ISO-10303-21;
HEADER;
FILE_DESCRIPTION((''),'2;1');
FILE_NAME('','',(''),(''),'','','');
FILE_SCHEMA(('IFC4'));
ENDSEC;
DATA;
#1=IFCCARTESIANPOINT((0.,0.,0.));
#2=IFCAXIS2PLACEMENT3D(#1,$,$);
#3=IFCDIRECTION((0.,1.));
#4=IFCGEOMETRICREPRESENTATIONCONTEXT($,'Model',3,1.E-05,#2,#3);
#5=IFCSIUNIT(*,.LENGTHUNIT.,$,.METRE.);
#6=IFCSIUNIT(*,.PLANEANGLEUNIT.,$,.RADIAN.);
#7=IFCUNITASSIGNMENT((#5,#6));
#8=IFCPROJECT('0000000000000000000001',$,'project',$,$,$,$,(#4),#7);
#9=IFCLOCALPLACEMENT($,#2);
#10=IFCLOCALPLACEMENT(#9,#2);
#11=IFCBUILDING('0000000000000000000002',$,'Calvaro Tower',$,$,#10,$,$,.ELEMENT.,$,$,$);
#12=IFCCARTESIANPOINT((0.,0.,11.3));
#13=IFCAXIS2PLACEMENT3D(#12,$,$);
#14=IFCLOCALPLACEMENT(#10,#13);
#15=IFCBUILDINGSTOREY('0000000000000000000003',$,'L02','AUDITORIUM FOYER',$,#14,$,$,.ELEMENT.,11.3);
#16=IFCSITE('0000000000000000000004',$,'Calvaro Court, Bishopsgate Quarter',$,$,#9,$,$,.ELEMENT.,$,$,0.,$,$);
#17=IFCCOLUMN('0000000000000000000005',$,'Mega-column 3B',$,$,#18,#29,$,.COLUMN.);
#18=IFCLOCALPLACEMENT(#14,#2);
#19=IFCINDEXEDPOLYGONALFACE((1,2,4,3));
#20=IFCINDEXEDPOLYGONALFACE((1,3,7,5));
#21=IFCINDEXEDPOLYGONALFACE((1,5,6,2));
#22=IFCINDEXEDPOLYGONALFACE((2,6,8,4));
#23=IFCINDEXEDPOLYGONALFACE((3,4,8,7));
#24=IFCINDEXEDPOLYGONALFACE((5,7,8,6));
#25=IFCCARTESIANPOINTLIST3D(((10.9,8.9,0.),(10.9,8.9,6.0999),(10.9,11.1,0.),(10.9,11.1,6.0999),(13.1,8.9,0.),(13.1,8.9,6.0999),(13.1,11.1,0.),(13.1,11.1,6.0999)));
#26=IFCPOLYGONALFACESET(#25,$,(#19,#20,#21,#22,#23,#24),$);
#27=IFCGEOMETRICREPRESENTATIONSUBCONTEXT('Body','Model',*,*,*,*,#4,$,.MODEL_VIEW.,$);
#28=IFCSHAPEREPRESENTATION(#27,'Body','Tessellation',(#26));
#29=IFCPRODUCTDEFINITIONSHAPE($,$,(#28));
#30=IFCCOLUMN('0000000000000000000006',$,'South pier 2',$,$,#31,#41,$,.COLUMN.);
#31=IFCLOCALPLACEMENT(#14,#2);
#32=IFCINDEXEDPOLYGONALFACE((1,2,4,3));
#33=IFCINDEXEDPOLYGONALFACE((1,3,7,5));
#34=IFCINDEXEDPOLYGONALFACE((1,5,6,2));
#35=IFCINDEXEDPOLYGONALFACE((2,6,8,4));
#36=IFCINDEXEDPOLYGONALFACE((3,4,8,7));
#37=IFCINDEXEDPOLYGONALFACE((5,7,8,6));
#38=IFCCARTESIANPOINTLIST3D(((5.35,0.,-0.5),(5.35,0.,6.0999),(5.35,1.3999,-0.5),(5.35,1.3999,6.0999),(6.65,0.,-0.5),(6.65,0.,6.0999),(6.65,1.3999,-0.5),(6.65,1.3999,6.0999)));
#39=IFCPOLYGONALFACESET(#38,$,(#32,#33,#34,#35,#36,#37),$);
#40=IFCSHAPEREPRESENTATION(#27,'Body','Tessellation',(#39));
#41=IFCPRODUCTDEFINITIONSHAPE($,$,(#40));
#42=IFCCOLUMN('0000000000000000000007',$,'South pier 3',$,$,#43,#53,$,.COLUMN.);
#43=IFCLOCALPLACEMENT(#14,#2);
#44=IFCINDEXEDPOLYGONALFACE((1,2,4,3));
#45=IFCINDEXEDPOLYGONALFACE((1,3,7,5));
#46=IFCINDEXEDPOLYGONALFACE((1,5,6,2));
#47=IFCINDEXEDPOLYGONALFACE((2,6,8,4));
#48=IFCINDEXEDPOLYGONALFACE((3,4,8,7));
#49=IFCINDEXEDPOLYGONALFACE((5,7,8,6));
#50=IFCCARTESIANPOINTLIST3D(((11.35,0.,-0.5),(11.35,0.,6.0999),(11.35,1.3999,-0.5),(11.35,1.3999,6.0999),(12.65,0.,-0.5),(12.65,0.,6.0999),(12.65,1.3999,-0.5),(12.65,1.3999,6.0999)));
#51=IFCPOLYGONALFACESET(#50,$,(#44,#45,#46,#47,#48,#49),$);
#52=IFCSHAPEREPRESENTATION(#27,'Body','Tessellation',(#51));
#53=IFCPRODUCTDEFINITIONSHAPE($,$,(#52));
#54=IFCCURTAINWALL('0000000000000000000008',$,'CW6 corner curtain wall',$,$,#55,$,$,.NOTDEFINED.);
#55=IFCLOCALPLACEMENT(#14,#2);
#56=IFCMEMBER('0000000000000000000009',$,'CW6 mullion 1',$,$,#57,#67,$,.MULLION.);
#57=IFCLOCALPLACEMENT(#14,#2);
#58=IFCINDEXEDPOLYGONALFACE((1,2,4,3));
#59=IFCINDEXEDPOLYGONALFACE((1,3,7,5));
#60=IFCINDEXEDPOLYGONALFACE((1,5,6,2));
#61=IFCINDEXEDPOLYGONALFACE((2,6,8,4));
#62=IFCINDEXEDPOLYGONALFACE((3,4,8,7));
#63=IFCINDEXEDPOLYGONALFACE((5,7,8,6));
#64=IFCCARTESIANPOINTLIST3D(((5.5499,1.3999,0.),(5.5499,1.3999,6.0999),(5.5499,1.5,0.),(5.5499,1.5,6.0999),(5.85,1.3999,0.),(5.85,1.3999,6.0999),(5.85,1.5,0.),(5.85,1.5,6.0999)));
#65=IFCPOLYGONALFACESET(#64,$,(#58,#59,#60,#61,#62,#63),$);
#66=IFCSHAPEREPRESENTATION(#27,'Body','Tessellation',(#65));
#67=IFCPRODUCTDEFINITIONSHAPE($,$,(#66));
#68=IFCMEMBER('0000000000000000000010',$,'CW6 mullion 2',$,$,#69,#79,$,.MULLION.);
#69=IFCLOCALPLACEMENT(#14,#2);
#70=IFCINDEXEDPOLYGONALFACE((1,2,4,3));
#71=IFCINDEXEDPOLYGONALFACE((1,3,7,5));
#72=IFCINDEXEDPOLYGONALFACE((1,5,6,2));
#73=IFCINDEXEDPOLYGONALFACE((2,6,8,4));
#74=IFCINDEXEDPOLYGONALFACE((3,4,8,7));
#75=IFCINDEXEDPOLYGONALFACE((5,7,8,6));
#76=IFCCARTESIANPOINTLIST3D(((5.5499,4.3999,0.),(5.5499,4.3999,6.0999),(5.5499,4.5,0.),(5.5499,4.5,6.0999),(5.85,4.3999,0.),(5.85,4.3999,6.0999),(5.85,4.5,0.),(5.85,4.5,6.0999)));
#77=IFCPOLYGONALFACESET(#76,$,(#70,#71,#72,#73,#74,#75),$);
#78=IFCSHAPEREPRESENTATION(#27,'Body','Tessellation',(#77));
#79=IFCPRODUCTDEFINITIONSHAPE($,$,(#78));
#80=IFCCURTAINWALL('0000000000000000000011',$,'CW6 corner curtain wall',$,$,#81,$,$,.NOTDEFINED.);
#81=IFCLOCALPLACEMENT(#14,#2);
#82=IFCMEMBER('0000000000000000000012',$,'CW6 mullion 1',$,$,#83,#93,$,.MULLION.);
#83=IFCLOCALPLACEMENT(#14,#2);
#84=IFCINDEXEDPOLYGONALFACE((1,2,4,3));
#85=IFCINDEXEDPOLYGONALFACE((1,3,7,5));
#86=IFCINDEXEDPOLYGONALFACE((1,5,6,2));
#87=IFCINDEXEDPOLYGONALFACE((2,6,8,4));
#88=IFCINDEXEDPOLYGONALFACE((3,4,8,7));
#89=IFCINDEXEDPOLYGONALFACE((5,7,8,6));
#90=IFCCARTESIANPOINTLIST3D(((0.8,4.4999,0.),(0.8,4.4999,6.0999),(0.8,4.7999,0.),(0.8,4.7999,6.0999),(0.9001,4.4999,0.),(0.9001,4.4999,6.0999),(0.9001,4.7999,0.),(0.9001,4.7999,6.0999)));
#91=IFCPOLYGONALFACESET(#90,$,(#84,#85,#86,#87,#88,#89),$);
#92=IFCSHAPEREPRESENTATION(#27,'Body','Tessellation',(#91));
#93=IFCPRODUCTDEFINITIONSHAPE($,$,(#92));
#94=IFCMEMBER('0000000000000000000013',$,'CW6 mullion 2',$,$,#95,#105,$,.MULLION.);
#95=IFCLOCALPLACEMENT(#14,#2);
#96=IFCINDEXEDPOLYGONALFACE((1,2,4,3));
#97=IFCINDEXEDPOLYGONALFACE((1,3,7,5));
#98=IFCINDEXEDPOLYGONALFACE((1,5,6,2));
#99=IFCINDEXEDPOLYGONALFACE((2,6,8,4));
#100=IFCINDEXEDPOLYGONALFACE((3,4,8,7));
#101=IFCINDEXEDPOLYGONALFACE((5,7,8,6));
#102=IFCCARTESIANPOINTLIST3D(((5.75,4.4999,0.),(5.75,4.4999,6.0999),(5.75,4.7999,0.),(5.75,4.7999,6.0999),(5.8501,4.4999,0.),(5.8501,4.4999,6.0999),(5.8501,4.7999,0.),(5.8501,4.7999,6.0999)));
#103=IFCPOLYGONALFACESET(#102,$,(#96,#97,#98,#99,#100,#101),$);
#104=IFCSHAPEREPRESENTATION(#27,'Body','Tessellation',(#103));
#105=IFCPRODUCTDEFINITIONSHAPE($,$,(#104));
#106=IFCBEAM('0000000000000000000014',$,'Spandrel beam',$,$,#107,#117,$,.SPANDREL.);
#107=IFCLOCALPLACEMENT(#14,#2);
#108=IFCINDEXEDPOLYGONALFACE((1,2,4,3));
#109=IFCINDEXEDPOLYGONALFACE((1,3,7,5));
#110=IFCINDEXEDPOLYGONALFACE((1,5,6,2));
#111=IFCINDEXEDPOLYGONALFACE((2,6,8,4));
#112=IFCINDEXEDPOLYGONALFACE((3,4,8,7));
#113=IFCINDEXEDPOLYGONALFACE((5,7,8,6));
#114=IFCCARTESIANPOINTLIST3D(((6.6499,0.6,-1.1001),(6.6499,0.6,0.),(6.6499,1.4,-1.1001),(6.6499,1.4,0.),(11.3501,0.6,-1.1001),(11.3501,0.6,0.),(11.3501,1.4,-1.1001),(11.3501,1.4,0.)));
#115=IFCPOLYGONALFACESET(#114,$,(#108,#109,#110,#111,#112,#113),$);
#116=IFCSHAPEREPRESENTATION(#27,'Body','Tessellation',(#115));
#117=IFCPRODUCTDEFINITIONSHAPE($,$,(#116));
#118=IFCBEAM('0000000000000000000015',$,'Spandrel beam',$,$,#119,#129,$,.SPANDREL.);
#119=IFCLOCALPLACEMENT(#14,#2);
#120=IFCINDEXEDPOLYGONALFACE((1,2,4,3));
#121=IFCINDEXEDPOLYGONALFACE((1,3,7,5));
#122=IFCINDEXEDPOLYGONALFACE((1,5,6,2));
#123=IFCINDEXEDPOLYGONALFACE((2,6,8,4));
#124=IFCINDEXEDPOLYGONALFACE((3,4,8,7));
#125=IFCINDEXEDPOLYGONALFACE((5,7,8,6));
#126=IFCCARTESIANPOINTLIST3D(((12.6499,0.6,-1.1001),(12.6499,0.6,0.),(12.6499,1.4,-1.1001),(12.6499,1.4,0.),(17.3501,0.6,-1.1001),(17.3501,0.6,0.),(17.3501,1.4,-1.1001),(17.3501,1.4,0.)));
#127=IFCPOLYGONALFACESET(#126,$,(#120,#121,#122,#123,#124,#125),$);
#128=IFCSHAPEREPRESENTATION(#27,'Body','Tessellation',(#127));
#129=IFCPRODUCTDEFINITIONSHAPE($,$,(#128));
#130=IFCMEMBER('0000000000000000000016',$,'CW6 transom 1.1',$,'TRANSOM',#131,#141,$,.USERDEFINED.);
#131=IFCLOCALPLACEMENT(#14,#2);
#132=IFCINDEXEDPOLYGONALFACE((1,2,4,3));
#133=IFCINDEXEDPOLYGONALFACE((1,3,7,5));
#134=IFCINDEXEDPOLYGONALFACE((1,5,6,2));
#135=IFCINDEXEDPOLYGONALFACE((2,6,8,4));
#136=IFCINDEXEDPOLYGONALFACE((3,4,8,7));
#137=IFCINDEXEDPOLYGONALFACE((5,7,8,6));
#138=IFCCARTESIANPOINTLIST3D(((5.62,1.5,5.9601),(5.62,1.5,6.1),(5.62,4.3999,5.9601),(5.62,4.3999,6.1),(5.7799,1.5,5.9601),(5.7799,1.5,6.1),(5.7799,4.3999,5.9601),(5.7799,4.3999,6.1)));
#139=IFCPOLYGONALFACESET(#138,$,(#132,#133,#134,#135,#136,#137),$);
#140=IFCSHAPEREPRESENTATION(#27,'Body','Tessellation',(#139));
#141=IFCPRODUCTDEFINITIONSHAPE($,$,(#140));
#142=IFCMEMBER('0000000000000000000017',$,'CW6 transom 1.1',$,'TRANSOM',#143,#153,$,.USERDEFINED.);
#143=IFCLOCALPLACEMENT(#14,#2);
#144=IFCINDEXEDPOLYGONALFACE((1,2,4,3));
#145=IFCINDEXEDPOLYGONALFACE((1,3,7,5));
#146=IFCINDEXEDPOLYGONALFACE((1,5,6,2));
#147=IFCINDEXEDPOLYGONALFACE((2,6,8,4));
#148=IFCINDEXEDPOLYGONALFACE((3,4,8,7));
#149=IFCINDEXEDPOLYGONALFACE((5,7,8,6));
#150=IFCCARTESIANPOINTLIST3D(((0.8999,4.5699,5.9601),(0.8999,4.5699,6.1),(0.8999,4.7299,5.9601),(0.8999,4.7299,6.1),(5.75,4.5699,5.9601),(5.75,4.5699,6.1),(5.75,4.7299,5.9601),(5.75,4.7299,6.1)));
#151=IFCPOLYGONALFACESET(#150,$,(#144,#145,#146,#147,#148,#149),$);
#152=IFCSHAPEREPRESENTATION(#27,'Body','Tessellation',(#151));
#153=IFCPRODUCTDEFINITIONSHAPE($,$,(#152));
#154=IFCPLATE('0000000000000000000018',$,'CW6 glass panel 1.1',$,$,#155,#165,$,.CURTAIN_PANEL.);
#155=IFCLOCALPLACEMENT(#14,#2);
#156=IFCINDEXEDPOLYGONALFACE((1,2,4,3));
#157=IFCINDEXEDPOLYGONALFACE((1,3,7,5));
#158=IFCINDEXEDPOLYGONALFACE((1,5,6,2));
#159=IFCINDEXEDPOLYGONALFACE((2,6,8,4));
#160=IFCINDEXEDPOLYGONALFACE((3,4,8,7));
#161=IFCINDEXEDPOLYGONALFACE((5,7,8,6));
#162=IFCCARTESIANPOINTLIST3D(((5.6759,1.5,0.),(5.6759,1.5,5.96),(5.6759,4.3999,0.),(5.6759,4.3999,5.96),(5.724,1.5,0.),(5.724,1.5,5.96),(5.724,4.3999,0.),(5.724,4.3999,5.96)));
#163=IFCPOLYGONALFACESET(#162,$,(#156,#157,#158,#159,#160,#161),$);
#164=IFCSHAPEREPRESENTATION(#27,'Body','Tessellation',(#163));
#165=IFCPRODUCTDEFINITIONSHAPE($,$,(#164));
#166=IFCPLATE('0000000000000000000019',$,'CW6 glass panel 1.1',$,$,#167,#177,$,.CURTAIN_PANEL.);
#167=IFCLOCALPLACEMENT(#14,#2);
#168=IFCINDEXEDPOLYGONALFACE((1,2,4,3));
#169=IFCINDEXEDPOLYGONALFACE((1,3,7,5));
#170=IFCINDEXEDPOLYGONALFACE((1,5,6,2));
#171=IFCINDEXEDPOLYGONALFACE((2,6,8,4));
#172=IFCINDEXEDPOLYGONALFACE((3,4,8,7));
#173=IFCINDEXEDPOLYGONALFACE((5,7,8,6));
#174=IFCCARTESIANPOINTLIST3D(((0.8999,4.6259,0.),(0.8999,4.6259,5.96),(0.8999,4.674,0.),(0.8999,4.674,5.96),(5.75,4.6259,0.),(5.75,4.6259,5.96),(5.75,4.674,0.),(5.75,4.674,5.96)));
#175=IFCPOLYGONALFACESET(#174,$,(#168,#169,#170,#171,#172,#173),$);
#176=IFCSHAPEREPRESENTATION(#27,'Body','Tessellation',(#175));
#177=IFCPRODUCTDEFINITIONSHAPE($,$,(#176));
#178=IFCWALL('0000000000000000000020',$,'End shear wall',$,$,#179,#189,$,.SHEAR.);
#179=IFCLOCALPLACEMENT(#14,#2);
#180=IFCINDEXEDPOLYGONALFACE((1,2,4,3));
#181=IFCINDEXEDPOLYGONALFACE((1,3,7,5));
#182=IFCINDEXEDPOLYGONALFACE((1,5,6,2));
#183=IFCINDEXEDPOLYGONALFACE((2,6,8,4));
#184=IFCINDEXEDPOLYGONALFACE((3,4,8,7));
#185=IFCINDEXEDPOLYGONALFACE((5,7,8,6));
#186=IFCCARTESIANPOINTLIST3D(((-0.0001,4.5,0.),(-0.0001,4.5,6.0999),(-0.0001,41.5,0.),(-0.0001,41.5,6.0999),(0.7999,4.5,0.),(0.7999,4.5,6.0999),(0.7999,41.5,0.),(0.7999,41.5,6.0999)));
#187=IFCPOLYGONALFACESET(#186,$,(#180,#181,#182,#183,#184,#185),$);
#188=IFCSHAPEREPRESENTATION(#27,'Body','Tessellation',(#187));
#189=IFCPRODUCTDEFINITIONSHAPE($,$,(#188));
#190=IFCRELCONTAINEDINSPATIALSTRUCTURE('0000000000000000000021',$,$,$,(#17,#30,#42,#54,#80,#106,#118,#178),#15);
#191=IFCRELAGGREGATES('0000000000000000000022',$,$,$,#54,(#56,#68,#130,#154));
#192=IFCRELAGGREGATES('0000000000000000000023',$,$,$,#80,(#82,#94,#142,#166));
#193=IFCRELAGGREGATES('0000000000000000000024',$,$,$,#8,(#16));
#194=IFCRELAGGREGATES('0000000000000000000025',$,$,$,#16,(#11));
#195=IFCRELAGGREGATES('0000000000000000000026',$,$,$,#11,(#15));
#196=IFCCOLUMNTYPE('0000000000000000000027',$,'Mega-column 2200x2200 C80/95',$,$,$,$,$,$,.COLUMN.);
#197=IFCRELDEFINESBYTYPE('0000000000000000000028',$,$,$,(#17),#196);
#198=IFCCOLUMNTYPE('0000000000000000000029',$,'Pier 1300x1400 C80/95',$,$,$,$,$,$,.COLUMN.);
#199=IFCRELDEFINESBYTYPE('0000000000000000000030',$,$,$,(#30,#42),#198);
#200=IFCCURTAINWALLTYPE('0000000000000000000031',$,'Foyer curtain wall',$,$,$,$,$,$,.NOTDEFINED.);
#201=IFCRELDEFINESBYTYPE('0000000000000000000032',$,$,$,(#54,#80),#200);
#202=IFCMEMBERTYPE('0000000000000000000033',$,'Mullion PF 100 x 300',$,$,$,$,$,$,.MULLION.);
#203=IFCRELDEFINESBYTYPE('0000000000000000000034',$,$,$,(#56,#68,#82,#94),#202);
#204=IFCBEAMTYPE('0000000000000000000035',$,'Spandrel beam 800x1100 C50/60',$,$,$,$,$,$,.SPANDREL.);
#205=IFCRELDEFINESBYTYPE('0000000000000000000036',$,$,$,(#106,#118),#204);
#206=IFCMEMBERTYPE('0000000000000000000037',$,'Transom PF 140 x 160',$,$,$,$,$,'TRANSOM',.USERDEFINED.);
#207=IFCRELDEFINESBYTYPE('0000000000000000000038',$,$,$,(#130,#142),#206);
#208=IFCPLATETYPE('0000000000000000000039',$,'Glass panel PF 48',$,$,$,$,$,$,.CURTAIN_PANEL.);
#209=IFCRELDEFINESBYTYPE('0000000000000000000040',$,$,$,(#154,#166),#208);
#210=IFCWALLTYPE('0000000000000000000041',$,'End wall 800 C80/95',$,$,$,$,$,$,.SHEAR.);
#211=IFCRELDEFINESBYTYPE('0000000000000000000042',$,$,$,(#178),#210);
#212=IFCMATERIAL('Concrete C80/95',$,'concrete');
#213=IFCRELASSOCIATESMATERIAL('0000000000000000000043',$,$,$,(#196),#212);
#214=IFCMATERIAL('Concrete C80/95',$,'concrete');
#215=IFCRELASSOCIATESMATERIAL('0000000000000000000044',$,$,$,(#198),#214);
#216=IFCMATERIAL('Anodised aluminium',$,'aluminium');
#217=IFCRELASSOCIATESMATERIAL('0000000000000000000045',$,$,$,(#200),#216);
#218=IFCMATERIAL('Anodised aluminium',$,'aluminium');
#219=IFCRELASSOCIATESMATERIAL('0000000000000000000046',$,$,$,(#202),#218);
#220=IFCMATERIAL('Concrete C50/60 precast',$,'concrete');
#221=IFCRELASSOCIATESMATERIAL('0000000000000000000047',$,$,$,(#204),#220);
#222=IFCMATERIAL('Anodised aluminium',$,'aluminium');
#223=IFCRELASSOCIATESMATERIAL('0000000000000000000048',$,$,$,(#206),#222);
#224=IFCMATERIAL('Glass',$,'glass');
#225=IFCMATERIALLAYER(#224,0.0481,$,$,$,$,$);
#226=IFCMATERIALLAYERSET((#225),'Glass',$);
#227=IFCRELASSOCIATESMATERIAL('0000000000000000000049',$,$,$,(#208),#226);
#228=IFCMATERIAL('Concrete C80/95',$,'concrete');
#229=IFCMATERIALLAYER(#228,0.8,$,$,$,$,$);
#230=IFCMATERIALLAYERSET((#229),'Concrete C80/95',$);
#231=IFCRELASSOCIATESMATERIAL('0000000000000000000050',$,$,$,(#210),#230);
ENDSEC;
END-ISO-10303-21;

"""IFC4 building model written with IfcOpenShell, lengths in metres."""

from ifc_helpers import new_model, si_unit, direction, frame, frame_2d, origin, origin_2d, place, context, subcontext, project, spatial, rectangle, extrude, material, layer, layer_set, material_profile, profile_set, type_object, element, aggregate, save


model = new_model("IFC4")

# Units and contexts
model_context = context("Model", 3, precision=1e-05, world=origin(), true_north=direction((0.0, 1.0)))
body_context = subcontext(model_context, "Body", "Model", "MODEL_VIEW")
ifc_project = project(units=[si_unit("LENGTHUNIT", "METRE"), si_unit("PLANEANGLEUNIT", "RADIAN")], contexts=[model_context])

# Site, building, storey
site_placement = place(None, origin())
site = spatial("IfcSite", under=ifc_project, at=site_placement, Name="Calvaro Court, Bishopsgate Quarter", CompositionType="ELEMENT", RefElevation=0.0)
building_placement = place(site_placement, origin())
building = spatial("IfcBuilding", under=site, at=building_placement, Name="Calvaro Tower", CompositionType="ELEMENT")
storey_placement = place(building_placement, frame((0.0, 0.0, 11.3)))
storey = spatial("IfcBuildingStorey", under=building, at=storey_placement, Name="L02", Description="AUDITORIUM FOYER", CompositionType="ELEMENT", Elevation=11.3)

# Columns
ifc_material_1 = material(Name="Concrete C80/95", Category="concrete")
ifc_material_profile_1 = material_profile(ifc_material_1, rectangle(XDim=2.2, YDim=2.2, at=origin_2d()), Name="RC 2200x2200")
ifc_profile_set_1 = profile_set([ifc_material_profile_1], Name="Concrete C80/95")
column_type_1 = type_object("IfcColumnType", Name="Mega-column 2200x2200 C80/95", PredefinedType="COLUMN", material=ifc_profile_set_1)
column_placement = place(storey_placement, frame((12.0, 10.0, 0.0), z_axis=(0.0, 0.0, 1.0), x_axis=(1.0, 0.0, 0.0)))
element("IfcColumn", 1, at=column_placement, inside=storey, type_object=column_type_1, Name="Mega-column 3B", PredefinedType="COLUMN", context=body_context, shape_type="SweptSolid", body=[
    extrude(rectangle(XDim=2.2, YDim=2.2, at=origin_2d()), origin(), (0.0, 0.0, 1.0), 6.0999),
])
ifc_material_2 = material(Name="Concrete C80/95", Category="concrete")
ifc_material_profile_2 = material_profile(ifc_material_2, rectangle(XDim=1.3, YDim=1.3999, at=origin_2d()), Name="RC 1300x1400")
ifc_profile_set_2 = profile_set([ifc_material_profile_2], Name="Concrete C80/95")
column_type_2 = type_object("IfcColumnType", Name="Pier 1300x1400 C80/95", PredefinedType="COLUMN", material=ifc_profile_set_2)
for number, where, z_axis, x_axis, name in (
    (2, (6.0, 0.7, -0.5), (0.0, 0.0, 1.0), (1.0, 0.0, 0.0), "South pier 2"),
    (3, (12.0, 0.7, -0.5), (0.0, 0.0, 1.0), (1.0, 0.0, 0.0), "South pier 3"),
):
    element("IfcColumn", number, at=place(storey_placement, frame(where, z_axis=z_axis, x_axis=x_axis)), inside=storey, type_object=column_type_2, Name=name, PredefinedType="COLUMN", context=body_context, shape_type="SweptSolid", body=[
        extrude(rectangle(XDim=1.3, YDim=1.3999, at=origin_2d()), origin(), (0.0, 0.0, 1.0), 6.5999),
    ])

# Curtain walls, members
ifc_material_3 = material(Name="Anodised aluminium", Category="aluminium")
curtain_wall_type = type_object("IfcCurtainWallType", Name="Foyer curtain wall", PredefinedType="NOTDEFINED", material=ifc_material_3)
curtain_wall_1_placement = place(storey_placement, origin())
curtain_wall_1 = element("IfcCurtainWall", 4, at=curtain_wall_1_placement, inside=storey, type_object=curtain_wall_type, Name="CW6 corner curtain wall", PredefinedType="NOTDEFINED")
ifc_material_4 = material(Name="Anodised aluminium", Category="aluminium")
ifc_material_profile_3 = material_profile(ifc_material_4, rectangle(XDim=0.3, YDim=0.1001, at=origin_2d()), Name="Mullion PF 100 x 300")
ifc_profile_set_3 = profile_set([ifc_material_profile_3], Name="Anodised aluminium")
member_type_1 = type_object("IfcMemberType", Name="Mullion PF 100 x 300", PredefinedType="MULLION", material=ifc_profile_set_3)
member_1_placement = place(storey_placement, frame((5.7, 1.45, 0.0), z_axis=(0.0, 0.0, 1.0), x_axis=(-1.0, 0.0, 0.0)))
member_1 = element("IfcMember", 5, at=member_1_placement, type_object=member_type_1, Name="CW6 mullion 1", PredefinedType="MULLION", context=body_context, shape_type="SweptSolid", body=[
    extrude(rectangle(XDim=0.3, YDim=0.1001, at=origin_2d()), origin(), (0.0, 0.0, 1.0), 6.0999),
])
member_2_placement = place(storey_placement, frame((5.7, 4.45, 0.0), z_axis=(0.0, 0.0, 1.0), x_axis=(-1.0, 0.0, 0.0)))
member_2 = element("IfcMember", 6, at=member_2_placement, type_object=member_type_1, Name="CW6 mullion 2", PredefinedType="MULLION", context=body_context, shape_type="SweptSolid", body=[
    extrude(rectangle(XDim=0.3, YDim=0.1001, at=origin_2d()), origin(), (0.0, 0.0, 1.0), 6.0999),
])
curtain_wall_2_placement = place(storey_placement, origin())
curtain_wall_2 = element("IfcCurtainWall", 7, at=curtain_wall_2_placement, inside=storey, type_object=curtain_wall_type, Name="CW6 corner curtain wall", PredefinedType="NOTDEFINED")
member_3_placement = place(storey_placement, frame((0.8501, 4.6499, 0.0), z_axis=(0.0, 0.0, 1.0), x_axis=(0.0, 1.0, 0.0)))
member_3 = element("IfcMember", 8, at=member_3_placement, type_object=member_type_1, Name="CW6 mullion 1", PredefinedType="MULLION", context=body_context, shape_type="SweptSolid", body=[
    extrude(rectangle(XDim=0.3, YDim=0.1001, at=origin_2d()), origin(), (0.0, 0.0, 1.0), 6.0999),
])
member_4_placement = place(storey_placement, frame((5.8, 4.6499, 0.0), z_axis=(0.0, 0.0, 1.0), x_axis=(0.0, 1.0, 0.0)))
member_4 = element("IfcMember", 9, at=member_4_placement, type_object=member_type_1, Name="CW6 mullion 2", PredefinedType="MULLION", context=body_context, shape_type="SweptSolid", body=[
    extrude(rectangle(XDim=0.3, YDim=0.1001, at=origin_2d()), origin(), (0.0, 0.0, 1.0), 6.0999),
])

# Beams
ifc_material_5 = material(Name="Concrete C50/60 precast", Category="concrete")
ifc_material_profile_4 = material_profile(ifc_material_5, rectangle(XDim=0.8, YDim=1.1001, at=origin_2d()), Name="RC 800x1100")
ifc_profile_set_4 = profile_set([ifc_material_profile_4], Name="Concrete C50/60 precast")
beam_type = type_object("IfcBeamType", Name="Spandrel beam 800x1100 C50/60", PredefinedType="SPANDREL", material=ifc_profile_set_4)
for number, where, z_axis, x_axis, name in (
    (10, (6.6499, 1.0, -0.55), (1.0, 0.0, 0.0), (0.0, 1.0, 0.0), "Spandrel beam"),
    (11, (12.6499, 1.0, -0.55), (1.0, 0.0, 0.0), (0.0, 1.0, 0.0), "Spandrel beam"),
):
    element("IfcBeam", number, at=place(storey_placement, frame(where, z_axis=z_axis, x_axis=x_axis)), inside=storey, type_object=beam_type, Name=name, PredefinedType="SPANDREL", context=body_context, shape_type="SweptSolid", body=[
        extrude(rectangle(XDim=0.8, YDim=1.1001, at=origin_2d()), origin(), (0.0, 0.0, 1.0), 4.7002),
    ])

# Members
ifc_material_6 = material(Name="Anodised aluminium", Category="aluminium")
ifc_material_profile_5 = material_profile(ifc_material_6, rectangle(XDim=0.1599, YDim=0.1399, at=origin_2d()), Name="Transom PF 140 x 160")
ifc_profile_set_5 = profile_set([ifc_material_profile_5], Name="Anodised aluminium")
member_type_2 = type_object("IfcMemberType", Name="Transom PF 140 x 160", ElementType="TRANSOM", PredefinedType="USERDEFINED", material=ifc_profile_set_5)
member_5_placement = place(storey_placement, frame((5.7, 1.5, 6.03), z_axis=(0.0, 1.0, 0.0), x_axis=(-1.0, 0.0, 0.0)))
member_5 = element("IfcMember", 12, at=member_5_placement, type_object=member_type_2, Name="CW6 transom 1.1", ObjectType="TRANSOM", PredefinedType="USERDEFINED", context=body_context, shape_type="SweptSolid", body=[
    extrude(rectangle(XDim=0.1599, YDim=0.1399, at=origin_2d()), origin(), (0.0, 0.0, 1.0), 2.8999),
])
member_6_placement = place(storey_placement, frame((0.8999, 4.6499, 6.03), z_axis=(1.0, 0.0, 0.0), x_axis=(0.0, 1.0, 0.0)))
member_6 = element("IfcMember", 13, at=member_6_placement, type_object=member_type_2, Name="CW6 transom 1.1", ObjectType="TRANSOM", PredefinedType="USERDEFINED", context=body_context, shape_type="SweptSolid", body=[
    extrude(rectangle(XDim=0.1599, YDim=0.1399, at=origin_2d()), origin(), (0.0, 0.0, 1.0), 4.8501),
])

# Plates
ifc_material_7 = material(Name="Glass", Category="glass")
ifc_layer_1 = layer(ifc_material_7, 0.0481)
ifc_layer_set_1 = layer_set([ifc_layer_1], Name="Glass")
plate_type = type_object("IfcPlateType", Name="Glass panel PF 48", PredefinedType="CURTAIN_PANEL", material=ifc_layer_set_1)
plate_1_placement = place(storey_placement, frame((5.7, 2.95, 0.0), z_axis=(0.0, 0.0, 1.0), x_axis=(0.0, 1.0, 0.0)))
plate_1 = element("IfcPlate", 14, at=plate_1_placement, type_object=plate_type, Name="CW6 glass panel 1.1", PredefinedType="CURTAIN_PANEL", context=body_context, shape_type="SweptSolid", body=[
    extrude(rectangle(XDim=2.8999, YDim=0.0481, at=origin_2d()), origin(), (0.0, 0.0, 1.0), 5.96),
])
aggregate(curtain_wall_1, [member_1, member_2, member_5, plate_1])
plate_2_placement = place(storey_placement, frame((3.325, 4.6499, 0.0), z_axis=(0.0, 0.0, 1.0), x_axis=(1.0, 0.0, 0.0)))
plate_2 = element("IfcPlate", 15, at=plate_2_placement, type_object=plate_type, Name="CW6 glass panel 1.1", PredefinedType="CURTAIN_PANEL", context=body_context, shape_type="SweptSolid", body=[
    extrude(rectangle(XDim=4.8501, YDim=0.0481, at=origin_2d()), origin(), (0.0, 0.0, 1.0), 5.96),
])
aggregate(curtain_wall_2, [member_3, member_4, member_6, plate_2])

# Wall
ifc_material_8 = material(Name="Concrete C80/95", Category="concrete")
ifc_layer_2 = layer(ifc_material_8, 0.8)
ifc_layer_set_2 = layer_set([ifc_layer_2], Name="Concrete C80/95")
wall_type_1 = type_object("IfcWallType", Name="End wall 800 C80/95", PredefinedType="SHEAR", material=ifc_layer_set_2)
wall_1_placement = place(storey_placement, frame((0.3999, 4.5, 0.0), z_axis=(0.0, 0.0, 1.0), x_axis=(0.0, 1.0, 0.0)))
element("IfcWall", 16, at=wall_1_placement, inside=storey, type_object=wall_type_1, Name="End shear wall", PredefinedType="SHEAR", context=body_context, shape_type="SweptSolid", body=[
    extrude(rectangle(XDim=37.0, YDim=0.8, at=frame_2d((18.5, 0.0))), origin(), (0.0, 0.0, 1.0), 6.0999),
])

save(model, "model.ifc")
